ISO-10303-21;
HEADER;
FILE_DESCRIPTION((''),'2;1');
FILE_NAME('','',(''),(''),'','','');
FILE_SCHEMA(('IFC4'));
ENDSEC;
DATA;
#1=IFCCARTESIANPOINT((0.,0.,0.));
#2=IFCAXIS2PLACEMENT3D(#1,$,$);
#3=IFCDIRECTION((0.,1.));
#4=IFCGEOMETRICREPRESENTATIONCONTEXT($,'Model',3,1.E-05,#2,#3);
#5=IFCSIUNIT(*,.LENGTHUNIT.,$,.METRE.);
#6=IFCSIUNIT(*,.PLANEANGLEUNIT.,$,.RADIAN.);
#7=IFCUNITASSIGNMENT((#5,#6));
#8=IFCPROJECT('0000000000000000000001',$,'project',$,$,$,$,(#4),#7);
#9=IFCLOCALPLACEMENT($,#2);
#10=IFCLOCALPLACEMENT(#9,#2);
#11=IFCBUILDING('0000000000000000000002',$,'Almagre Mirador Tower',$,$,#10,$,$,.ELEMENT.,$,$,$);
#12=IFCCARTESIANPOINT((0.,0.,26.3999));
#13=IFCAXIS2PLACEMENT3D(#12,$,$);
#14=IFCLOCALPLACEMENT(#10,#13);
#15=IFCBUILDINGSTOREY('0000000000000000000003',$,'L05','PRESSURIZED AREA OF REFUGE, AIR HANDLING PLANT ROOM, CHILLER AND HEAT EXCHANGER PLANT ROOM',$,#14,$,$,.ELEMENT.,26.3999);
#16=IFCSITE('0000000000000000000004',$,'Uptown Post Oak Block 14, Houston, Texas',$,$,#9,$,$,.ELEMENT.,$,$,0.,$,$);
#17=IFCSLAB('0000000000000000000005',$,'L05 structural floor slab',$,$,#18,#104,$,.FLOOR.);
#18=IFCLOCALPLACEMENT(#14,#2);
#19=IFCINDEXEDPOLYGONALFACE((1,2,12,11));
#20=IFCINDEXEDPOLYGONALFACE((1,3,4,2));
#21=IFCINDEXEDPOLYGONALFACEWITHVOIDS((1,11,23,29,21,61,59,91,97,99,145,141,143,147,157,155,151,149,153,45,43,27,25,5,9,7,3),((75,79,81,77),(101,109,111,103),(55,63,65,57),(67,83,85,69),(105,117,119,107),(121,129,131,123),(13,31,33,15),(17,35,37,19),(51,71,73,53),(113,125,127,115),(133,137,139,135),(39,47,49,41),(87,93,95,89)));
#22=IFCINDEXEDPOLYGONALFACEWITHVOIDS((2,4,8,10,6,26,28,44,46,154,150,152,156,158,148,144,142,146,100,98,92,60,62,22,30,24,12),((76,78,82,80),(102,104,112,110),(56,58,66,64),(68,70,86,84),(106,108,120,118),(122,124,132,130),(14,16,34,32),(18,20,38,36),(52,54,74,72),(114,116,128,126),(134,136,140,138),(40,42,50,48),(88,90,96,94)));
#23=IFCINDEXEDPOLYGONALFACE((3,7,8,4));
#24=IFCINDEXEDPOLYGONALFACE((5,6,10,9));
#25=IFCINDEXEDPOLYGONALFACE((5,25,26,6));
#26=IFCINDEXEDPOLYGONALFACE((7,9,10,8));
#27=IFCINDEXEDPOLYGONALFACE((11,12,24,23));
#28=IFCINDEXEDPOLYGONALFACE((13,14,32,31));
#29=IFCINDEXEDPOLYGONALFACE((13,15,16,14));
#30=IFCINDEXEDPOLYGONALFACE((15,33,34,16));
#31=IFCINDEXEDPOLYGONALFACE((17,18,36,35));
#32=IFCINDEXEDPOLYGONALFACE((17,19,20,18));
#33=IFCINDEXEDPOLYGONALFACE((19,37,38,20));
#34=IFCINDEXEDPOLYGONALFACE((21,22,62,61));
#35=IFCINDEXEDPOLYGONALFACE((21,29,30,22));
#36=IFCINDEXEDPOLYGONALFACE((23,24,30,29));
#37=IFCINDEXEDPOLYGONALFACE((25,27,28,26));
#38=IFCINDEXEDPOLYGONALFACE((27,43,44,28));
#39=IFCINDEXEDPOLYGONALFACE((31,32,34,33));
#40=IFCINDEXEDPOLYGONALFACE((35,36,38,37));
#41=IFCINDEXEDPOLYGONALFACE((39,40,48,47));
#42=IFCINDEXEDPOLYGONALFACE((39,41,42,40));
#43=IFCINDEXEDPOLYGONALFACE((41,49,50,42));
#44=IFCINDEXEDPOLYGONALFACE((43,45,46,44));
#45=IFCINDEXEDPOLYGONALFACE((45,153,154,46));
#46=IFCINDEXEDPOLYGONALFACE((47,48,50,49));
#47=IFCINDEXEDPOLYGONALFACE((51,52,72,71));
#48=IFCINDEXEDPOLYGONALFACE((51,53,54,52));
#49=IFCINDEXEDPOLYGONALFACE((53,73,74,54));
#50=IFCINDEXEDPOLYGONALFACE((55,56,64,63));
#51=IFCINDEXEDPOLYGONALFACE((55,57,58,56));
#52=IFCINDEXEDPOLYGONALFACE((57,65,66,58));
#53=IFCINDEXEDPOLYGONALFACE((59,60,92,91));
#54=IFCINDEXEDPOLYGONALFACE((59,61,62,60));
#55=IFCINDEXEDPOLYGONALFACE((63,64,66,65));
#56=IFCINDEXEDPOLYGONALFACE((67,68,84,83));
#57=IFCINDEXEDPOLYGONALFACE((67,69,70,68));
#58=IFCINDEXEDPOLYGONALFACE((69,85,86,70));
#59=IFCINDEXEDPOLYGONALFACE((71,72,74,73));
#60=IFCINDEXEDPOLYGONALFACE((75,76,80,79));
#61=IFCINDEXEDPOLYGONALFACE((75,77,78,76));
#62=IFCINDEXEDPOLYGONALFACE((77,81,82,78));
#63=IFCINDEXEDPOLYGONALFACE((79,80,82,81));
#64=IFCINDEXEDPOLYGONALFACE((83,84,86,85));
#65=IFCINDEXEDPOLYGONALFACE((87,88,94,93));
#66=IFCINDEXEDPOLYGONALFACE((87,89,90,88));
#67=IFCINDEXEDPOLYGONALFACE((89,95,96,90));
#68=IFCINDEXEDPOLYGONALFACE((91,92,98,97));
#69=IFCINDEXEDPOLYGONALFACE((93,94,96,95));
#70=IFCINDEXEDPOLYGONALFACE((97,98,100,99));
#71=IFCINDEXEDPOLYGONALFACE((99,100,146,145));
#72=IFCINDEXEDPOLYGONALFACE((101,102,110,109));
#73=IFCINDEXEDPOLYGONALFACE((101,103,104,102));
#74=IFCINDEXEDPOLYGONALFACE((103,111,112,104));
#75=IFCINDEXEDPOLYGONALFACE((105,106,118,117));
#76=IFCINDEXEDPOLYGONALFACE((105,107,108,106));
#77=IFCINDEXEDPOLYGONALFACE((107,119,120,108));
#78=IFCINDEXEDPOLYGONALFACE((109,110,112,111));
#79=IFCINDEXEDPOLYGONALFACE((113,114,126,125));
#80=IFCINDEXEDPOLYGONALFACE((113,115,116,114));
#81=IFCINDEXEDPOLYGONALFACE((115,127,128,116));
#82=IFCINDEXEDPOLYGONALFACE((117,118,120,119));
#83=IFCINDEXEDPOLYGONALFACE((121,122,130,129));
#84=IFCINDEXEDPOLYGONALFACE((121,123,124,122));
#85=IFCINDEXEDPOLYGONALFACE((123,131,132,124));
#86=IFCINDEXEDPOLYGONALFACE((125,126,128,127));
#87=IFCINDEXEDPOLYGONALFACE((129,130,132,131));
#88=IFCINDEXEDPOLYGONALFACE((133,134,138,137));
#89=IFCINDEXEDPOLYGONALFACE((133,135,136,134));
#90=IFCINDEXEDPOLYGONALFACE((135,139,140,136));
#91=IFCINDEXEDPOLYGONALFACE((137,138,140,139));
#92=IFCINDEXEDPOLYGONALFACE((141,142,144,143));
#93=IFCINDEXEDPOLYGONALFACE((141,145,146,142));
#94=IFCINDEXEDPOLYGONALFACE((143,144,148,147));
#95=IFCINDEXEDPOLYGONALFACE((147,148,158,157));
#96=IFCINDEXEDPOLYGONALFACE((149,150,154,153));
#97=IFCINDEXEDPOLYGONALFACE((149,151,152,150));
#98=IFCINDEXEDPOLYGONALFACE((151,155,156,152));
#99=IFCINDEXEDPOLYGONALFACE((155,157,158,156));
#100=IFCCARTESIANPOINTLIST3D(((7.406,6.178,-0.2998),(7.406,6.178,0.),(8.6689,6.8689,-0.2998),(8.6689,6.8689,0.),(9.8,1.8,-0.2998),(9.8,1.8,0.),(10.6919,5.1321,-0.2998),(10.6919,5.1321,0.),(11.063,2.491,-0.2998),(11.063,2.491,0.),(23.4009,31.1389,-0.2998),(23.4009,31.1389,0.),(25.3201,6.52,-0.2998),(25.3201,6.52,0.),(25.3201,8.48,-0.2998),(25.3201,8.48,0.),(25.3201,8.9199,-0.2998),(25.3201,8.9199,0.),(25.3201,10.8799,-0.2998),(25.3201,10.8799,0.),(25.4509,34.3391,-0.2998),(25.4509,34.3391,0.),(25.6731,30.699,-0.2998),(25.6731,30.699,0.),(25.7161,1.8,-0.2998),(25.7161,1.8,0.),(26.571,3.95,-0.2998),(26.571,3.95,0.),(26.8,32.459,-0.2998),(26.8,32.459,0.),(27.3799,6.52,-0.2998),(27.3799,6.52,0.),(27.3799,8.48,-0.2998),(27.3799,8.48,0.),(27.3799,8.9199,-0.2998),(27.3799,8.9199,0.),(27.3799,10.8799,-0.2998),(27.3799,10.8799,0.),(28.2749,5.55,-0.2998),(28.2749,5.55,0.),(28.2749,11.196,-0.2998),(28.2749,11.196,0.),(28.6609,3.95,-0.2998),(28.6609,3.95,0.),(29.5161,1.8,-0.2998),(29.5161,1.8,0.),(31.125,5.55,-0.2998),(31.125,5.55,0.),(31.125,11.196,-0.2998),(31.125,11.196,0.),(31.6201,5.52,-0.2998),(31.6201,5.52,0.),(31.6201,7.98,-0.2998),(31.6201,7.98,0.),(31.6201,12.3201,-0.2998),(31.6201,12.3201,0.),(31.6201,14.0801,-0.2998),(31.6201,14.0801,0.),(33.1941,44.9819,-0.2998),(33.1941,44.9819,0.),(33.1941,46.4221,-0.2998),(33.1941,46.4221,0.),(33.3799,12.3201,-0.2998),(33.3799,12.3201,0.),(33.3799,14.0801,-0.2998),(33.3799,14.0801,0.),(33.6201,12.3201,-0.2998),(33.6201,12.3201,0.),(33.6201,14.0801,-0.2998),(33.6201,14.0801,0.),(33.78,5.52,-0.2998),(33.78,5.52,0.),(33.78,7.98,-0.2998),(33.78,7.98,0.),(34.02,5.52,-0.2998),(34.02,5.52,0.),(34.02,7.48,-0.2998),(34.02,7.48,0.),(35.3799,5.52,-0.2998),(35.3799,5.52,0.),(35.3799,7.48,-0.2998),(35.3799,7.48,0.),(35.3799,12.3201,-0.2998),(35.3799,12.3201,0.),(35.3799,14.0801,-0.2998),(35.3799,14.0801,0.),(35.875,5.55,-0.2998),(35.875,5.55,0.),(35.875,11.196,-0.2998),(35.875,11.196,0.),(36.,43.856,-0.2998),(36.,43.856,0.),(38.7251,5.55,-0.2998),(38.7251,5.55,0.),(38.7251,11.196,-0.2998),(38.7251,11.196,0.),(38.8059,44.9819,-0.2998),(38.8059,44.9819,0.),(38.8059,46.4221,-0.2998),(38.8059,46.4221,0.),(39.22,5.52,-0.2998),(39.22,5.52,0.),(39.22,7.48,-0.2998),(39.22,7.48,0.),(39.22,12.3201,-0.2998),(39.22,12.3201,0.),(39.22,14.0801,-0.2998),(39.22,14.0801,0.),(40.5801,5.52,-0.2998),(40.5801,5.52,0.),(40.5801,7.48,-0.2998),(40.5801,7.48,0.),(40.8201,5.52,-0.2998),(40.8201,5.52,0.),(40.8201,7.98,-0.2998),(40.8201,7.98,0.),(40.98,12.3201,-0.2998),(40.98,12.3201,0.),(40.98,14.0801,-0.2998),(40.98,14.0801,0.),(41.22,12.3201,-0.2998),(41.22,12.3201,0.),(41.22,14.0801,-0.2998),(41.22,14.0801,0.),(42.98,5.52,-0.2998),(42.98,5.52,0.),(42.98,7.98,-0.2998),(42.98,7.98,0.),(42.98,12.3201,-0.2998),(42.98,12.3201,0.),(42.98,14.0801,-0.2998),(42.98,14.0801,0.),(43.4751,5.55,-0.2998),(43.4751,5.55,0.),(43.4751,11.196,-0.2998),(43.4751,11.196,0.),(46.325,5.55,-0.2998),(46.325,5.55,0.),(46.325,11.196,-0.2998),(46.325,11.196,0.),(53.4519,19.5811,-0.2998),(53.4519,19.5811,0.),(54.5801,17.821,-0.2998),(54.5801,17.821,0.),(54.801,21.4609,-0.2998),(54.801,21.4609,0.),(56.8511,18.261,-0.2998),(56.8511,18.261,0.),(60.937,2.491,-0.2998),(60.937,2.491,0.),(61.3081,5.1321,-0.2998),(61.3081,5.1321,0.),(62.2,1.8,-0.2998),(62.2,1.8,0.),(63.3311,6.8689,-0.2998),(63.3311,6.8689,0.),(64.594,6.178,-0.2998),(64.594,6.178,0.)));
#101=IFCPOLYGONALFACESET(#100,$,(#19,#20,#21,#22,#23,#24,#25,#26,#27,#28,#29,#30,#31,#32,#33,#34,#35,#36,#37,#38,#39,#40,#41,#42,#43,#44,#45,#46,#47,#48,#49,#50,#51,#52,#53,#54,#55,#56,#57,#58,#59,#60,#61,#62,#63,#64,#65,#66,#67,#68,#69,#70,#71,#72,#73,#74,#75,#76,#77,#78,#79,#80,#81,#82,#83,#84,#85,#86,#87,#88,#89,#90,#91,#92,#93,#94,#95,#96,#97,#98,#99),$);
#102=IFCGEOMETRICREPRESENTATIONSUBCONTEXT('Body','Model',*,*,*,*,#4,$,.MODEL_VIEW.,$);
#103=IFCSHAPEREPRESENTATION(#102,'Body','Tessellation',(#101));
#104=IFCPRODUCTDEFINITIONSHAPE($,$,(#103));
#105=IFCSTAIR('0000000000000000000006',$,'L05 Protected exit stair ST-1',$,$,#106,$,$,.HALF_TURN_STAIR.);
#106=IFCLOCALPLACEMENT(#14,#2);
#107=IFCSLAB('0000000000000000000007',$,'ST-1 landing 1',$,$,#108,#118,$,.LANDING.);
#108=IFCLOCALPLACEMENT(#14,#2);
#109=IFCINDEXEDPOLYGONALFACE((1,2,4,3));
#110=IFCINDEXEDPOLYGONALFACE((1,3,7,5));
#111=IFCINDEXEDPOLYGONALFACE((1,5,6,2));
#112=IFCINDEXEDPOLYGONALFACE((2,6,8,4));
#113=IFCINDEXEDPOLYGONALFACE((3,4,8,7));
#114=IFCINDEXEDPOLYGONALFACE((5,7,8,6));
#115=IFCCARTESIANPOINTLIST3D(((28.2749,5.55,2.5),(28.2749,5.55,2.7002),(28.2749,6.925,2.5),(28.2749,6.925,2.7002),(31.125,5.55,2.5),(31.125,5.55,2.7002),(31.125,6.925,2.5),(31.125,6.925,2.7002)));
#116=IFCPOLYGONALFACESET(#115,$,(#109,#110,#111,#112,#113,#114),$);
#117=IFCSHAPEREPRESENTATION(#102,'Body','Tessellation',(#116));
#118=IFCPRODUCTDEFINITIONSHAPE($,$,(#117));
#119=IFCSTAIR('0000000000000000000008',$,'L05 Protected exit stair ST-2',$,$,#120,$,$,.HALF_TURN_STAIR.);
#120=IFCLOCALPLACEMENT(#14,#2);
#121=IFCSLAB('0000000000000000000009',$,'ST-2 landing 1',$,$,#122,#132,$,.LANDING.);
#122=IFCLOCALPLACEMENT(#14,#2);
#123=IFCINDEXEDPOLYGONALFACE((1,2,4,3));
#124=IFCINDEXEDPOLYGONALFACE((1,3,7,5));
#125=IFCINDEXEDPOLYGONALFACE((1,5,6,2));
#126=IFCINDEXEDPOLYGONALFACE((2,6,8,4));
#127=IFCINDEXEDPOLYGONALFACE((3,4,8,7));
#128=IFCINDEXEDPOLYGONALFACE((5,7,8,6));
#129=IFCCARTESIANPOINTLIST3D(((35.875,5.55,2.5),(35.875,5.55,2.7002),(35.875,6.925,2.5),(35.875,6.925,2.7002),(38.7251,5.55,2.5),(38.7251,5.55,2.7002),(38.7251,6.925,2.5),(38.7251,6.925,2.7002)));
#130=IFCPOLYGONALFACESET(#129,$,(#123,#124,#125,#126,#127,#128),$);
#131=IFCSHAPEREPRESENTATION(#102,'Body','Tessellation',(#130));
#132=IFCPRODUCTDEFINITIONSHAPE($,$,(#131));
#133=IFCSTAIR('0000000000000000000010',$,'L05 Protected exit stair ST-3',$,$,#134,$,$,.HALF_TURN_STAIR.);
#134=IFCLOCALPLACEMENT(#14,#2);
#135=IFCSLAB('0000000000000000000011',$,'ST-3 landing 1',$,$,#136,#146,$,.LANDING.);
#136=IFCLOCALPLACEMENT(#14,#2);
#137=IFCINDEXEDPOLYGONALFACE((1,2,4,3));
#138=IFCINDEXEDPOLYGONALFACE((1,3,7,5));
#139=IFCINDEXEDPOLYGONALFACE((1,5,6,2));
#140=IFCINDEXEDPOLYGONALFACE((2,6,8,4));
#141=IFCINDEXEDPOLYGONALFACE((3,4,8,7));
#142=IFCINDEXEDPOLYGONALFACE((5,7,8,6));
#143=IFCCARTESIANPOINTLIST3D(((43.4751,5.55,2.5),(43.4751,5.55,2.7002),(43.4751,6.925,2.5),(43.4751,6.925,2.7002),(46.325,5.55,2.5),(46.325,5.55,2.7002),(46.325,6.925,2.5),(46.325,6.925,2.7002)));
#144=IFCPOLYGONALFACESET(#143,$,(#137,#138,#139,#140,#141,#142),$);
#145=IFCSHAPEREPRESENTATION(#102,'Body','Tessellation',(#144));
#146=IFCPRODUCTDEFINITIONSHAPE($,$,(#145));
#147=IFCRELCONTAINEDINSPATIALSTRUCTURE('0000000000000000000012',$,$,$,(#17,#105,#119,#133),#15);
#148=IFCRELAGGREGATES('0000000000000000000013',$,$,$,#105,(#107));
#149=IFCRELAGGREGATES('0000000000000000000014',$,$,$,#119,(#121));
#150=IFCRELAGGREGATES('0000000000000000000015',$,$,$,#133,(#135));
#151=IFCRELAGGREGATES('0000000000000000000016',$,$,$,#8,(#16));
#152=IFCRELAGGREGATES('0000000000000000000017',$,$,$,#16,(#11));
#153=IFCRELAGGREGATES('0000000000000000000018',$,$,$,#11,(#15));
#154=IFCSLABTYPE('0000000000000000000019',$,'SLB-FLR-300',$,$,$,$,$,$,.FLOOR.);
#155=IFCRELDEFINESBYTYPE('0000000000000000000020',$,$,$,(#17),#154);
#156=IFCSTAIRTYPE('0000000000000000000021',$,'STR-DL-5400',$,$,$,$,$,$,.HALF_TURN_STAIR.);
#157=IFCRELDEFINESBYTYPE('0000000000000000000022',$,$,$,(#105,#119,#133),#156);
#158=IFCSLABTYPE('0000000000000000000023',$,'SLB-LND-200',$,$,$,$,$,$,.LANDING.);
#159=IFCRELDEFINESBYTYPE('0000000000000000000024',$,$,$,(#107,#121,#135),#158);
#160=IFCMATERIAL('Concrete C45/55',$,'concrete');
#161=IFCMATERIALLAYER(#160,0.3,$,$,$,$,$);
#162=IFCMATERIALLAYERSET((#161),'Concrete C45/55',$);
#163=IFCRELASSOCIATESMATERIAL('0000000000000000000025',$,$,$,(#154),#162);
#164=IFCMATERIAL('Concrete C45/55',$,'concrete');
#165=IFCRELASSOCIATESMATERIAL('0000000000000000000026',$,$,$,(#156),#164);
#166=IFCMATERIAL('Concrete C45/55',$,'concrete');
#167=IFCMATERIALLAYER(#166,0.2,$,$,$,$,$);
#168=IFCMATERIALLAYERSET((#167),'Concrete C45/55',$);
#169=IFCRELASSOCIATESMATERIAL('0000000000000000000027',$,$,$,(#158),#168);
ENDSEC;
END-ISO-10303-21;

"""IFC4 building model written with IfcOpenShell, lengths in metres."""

from ifc_helpers import new_model, si_unit, direction, frame, origin, place, context, subcontext, project, spatial, polyline, outline, extrude, material, layer, layer_set, type_object, element, aggregate, save


model = new_model("IFC4")

# Units and contexts
model_context = context("Model", 3, precision=1e-05, world=origin(), true_north=direction((0.0, 1.0)))
body_context = subcontext(model_context, "Body", "Model", "MODEL_VIEW")
ifc_project = project(units=[si_unit("LENGTHUNIT", "METRE"), si_unit("PLANEANGLEUNIT", "RADIAN")], contexts=[model_context])

# Site, building, storey
site_placement = place(None, origin())
site = spatial("IfcSite", under=ifc_project, at=site_placement, Name="Uptown Post Oak Block 14, Houston, Texas", CompositionType="ELEMENT", RefElevation=0.0)
building_placement = place(site_placement, origin())
building = spatial("IfcBuilding", under=site, at=building_placement, Name="Almagre Mirador Tower", CompositionType="ELEMENT")
storey_placement = place(building_placement, frame((0.0, 0.0, 26.3999)))
storey = spatial("IfcBuildingStorey", under=building, at=storey_placement, Name="L05", Description="PRESSURIZED AREA OF REFUGE, AIR HANDLING PLANT ROOM, CHILLER AND HEAT EXCHANGER PLANT ROOM", CompositionType="ELEMENT", Elevation=26.3999)

# Slab
ifc_material_1 = material(Name="Concrete C45/55", Category="concrete")
ifc_layer_1 = layer(ifc_material_1, 0.3)
ifc_layer_set_1 = layer_set([ifc_layer_1], Name="Concrete C45/55")
slab_type_1 = type_object("IfcSlabType", Name="SLB-FLR-300", PredefinedType="FLOOR", material=ifc_layer_set_1)
slab_1_placement = place(storey_placement, frame((0.0, 0.0, -0.2998)))
element("IfcSlab", 1, at=slab_1_placement, inside=storey, type_object=slab_type_1, Name="L05 structural floor slab", PredefinedType="FLOOR", context=body_context, shape_type="SweptSolid", body=[
    extrude(outline(polyline([(7.406, 6.178), (8.6689, 6.8689), (10.6919, 5.1321), (11.063, 2.491), (9.8, 1.8), (25.7161, 1.8), (26.571, 3.95), (28.6609, 3.95), (29.5161, 1.8), (62.2, 1.8), (60.937, 2.491), (61.3081, 5.1321), (63.3311, 6.8689), (64.594, 6.178), (56.8511, 18.261), (54.5801, 17.821), (53.4519, 19.5811), (54.801, 21.4609), (38.8059, 46.4221), (38.8059, 44.9819), (36.0, 43.856), (33.1941, 44.9819), (33.1941, 46.4221), (25.4509, 34.3391), (26.8, 32.459), (25.6731, 30.699), (23.4009, 31.1389), (7.406, 6.178)]), holes=[polyline([(43.4751, 11.196), (46.325, 11.196), (46.325, 5.55), (43.4751, 5.55), (43.4751, 11.196)]), polyline([(40.8201, 5.52), (40.8201, 7.98), (42.98, 7.98), (42.98, 5.52), (40.8201, 5.52)]), polyline([(41.22, 12.3201), (41.22, 14.0801), (42.98, 14.0801), (42.98, 12.3201), (41.22, 12.3201)]), polyline([(39.22, 12.3201), (39.22, 14.0801), (40.98, 14.0801), (40.98, 12.3201), (39.22, 12.3201)]), polyline([(39.22, 5.52), (39.22, 7.48), (40.5801, 7.48), (40.5801, 5.52), (39.22, 5.52)]), polyline([(35.875, 11.196), (38.7251, 11.196), (38.7251, 5.55), (35.875, 5.55), (35.875, 11.196)]), polyline([(35.3799, 5.52), (34.02, 5.52), (34.02, 7.48), (35.3799, 7.48), (35.3799, 5.52)]), polyline([(35.3799, 12.3201), (33.6201, 12.3201), (33.6201, 14.0801), (35.3799, 14.0801), (35.3799, 12.3201)]), polyline([(31.6201, 5.52), (31.6201, 7.98), (33.78, 7.98), (33.78, 5.52), (31.6201, 5.52)]), polyline([(31.6201, 12.3201), (31.6201, 14.0801), (33.3799, 14.0801), (33.3799, 12.3201), (31.6201, 12.3201)]), polyline([(28.2749, 5.55), (28.2749, 11.196), (31.125, 11.196), (31.125, 5.55), (28.2749, 5.55)]), polyline([(25.3201, 6.52), (25.3201, 8.48), (27.3799, 8.48), (27.3799, 6.52), (25.3201, 6.52)]), polyline([(25.3201, 8.9199), (25.3201, 10.8799), (27.3799, 10.8799), (27.3799, 8.9199), (25.3201, 8.9199)])]), origin(), (0.0, 0.0, 1.0), 0.2998),
])

# Stairs, slabs
ifc_material_2 = material(Name="Concrete C45/55", Category="concrete")
stair_type = type_object("IfcStairType", Name="STR-DL-5400", PredefinedType="HALF_TURN_STAIR", material=ifc_material_2)
stair_1_placement = place(storey_placement, origin())
stair_1 = element("IfcStair", 2, at=stair_1_placement, inside=storey, type_object=stair_type, Name="L05 Protected exit stair ST-1", PredefinedType="HALF_TURN_STAIR")
ifc_material_3 = material(Name="Concrete C45/55", Category="concrete")
ifc_layer_2 = layer(ifc_material_3, 0.2)
ifc_layer_set_2 = layer_set([ifc_layer_2], Name="Concrete C45/55")
slab_type_2 = type_object("IfcSlabType", Name="SLB-LND-200", PredefinedType="LANDING", material=ifc_layer_set_2)
slab_2_placement = place(storey_placement, frame((0.0, 0.0, 2.5)))
slab_2 = element("IfcSlab", 3, at=slab_2_placement, type_object=slab_type_2, Name="ST-1 landing 1", PredefinedType="LANDING", context=body_context, shape_type="SweptSolid", body=[
    extrude(outline(polyline([(28.2749, 6.925), (28.2749, 5.55), (31.125, 5.55), (31.125, 6.925), (28.2749, 6.925)])), origin(), (0.0, 0.0, 1.0), 0.2002),
])
aggregate(stair_1, [slab_2])
stair_2_placement = place(storey_placement, origin())
stair_2 = element("IfcStair", 4, at=stair_2_placement, inside=storey, type_object=stair_type, Name="L05 Protected exit stair ST-2", PredefinedType="HALF_TURN_STAIR")
slab_3_placement = place(storey_placement, frame((0.0, 0.0, 2.5)))
slab_3 = element("IfcSlab", 5, at=slab_3_placement, type_object=slab_type_2, Name="ST-2 landing 1", PredefinedType="LANDING", context=body_context, shape_type="SweptSolid", body=[
    extrude(outline(polyline([(35.875, 6.925), (35.875, 5.55), (38.7251, 5.55), (38.7251, 6.925), (35.875, 6.925)])), origin(), (0.0, 0.0, 1.0), 0.2002),
])
aggregate(stair_2, [slab_3])
stair_3_placement = place(storey_placement, origin())
stair_3 = element("IfcStair", 6, at=stair_3_placement, inside=storey, type_object=stair_type, Name="L05 Protected exit stair ST-3", PredefinedType="HALF_TURN_STAIR")
slab_4_placement = place(storey_placement, frame((0.0, 0.0, 2.5)))
slab_4 = element("IfcSlab", 7, at=slab_4_placement, type_object=slab_type_2, Name="ST-3 landing 1", PredefinedType="LANDING", context=body_context, shape_type="SweptSolid", body=[
    extrude(outline(polyline([(43.4751, 6.925), (43.4751, 5.55), (46.325, 5.55), (46.325, 6.925), (43.4751, 6.925)])), origin(), (0.0, 0.0, 1.0), 0.2002),
])
aggregate(stair_3, [slab_4])

save(model, "model.ifc")
